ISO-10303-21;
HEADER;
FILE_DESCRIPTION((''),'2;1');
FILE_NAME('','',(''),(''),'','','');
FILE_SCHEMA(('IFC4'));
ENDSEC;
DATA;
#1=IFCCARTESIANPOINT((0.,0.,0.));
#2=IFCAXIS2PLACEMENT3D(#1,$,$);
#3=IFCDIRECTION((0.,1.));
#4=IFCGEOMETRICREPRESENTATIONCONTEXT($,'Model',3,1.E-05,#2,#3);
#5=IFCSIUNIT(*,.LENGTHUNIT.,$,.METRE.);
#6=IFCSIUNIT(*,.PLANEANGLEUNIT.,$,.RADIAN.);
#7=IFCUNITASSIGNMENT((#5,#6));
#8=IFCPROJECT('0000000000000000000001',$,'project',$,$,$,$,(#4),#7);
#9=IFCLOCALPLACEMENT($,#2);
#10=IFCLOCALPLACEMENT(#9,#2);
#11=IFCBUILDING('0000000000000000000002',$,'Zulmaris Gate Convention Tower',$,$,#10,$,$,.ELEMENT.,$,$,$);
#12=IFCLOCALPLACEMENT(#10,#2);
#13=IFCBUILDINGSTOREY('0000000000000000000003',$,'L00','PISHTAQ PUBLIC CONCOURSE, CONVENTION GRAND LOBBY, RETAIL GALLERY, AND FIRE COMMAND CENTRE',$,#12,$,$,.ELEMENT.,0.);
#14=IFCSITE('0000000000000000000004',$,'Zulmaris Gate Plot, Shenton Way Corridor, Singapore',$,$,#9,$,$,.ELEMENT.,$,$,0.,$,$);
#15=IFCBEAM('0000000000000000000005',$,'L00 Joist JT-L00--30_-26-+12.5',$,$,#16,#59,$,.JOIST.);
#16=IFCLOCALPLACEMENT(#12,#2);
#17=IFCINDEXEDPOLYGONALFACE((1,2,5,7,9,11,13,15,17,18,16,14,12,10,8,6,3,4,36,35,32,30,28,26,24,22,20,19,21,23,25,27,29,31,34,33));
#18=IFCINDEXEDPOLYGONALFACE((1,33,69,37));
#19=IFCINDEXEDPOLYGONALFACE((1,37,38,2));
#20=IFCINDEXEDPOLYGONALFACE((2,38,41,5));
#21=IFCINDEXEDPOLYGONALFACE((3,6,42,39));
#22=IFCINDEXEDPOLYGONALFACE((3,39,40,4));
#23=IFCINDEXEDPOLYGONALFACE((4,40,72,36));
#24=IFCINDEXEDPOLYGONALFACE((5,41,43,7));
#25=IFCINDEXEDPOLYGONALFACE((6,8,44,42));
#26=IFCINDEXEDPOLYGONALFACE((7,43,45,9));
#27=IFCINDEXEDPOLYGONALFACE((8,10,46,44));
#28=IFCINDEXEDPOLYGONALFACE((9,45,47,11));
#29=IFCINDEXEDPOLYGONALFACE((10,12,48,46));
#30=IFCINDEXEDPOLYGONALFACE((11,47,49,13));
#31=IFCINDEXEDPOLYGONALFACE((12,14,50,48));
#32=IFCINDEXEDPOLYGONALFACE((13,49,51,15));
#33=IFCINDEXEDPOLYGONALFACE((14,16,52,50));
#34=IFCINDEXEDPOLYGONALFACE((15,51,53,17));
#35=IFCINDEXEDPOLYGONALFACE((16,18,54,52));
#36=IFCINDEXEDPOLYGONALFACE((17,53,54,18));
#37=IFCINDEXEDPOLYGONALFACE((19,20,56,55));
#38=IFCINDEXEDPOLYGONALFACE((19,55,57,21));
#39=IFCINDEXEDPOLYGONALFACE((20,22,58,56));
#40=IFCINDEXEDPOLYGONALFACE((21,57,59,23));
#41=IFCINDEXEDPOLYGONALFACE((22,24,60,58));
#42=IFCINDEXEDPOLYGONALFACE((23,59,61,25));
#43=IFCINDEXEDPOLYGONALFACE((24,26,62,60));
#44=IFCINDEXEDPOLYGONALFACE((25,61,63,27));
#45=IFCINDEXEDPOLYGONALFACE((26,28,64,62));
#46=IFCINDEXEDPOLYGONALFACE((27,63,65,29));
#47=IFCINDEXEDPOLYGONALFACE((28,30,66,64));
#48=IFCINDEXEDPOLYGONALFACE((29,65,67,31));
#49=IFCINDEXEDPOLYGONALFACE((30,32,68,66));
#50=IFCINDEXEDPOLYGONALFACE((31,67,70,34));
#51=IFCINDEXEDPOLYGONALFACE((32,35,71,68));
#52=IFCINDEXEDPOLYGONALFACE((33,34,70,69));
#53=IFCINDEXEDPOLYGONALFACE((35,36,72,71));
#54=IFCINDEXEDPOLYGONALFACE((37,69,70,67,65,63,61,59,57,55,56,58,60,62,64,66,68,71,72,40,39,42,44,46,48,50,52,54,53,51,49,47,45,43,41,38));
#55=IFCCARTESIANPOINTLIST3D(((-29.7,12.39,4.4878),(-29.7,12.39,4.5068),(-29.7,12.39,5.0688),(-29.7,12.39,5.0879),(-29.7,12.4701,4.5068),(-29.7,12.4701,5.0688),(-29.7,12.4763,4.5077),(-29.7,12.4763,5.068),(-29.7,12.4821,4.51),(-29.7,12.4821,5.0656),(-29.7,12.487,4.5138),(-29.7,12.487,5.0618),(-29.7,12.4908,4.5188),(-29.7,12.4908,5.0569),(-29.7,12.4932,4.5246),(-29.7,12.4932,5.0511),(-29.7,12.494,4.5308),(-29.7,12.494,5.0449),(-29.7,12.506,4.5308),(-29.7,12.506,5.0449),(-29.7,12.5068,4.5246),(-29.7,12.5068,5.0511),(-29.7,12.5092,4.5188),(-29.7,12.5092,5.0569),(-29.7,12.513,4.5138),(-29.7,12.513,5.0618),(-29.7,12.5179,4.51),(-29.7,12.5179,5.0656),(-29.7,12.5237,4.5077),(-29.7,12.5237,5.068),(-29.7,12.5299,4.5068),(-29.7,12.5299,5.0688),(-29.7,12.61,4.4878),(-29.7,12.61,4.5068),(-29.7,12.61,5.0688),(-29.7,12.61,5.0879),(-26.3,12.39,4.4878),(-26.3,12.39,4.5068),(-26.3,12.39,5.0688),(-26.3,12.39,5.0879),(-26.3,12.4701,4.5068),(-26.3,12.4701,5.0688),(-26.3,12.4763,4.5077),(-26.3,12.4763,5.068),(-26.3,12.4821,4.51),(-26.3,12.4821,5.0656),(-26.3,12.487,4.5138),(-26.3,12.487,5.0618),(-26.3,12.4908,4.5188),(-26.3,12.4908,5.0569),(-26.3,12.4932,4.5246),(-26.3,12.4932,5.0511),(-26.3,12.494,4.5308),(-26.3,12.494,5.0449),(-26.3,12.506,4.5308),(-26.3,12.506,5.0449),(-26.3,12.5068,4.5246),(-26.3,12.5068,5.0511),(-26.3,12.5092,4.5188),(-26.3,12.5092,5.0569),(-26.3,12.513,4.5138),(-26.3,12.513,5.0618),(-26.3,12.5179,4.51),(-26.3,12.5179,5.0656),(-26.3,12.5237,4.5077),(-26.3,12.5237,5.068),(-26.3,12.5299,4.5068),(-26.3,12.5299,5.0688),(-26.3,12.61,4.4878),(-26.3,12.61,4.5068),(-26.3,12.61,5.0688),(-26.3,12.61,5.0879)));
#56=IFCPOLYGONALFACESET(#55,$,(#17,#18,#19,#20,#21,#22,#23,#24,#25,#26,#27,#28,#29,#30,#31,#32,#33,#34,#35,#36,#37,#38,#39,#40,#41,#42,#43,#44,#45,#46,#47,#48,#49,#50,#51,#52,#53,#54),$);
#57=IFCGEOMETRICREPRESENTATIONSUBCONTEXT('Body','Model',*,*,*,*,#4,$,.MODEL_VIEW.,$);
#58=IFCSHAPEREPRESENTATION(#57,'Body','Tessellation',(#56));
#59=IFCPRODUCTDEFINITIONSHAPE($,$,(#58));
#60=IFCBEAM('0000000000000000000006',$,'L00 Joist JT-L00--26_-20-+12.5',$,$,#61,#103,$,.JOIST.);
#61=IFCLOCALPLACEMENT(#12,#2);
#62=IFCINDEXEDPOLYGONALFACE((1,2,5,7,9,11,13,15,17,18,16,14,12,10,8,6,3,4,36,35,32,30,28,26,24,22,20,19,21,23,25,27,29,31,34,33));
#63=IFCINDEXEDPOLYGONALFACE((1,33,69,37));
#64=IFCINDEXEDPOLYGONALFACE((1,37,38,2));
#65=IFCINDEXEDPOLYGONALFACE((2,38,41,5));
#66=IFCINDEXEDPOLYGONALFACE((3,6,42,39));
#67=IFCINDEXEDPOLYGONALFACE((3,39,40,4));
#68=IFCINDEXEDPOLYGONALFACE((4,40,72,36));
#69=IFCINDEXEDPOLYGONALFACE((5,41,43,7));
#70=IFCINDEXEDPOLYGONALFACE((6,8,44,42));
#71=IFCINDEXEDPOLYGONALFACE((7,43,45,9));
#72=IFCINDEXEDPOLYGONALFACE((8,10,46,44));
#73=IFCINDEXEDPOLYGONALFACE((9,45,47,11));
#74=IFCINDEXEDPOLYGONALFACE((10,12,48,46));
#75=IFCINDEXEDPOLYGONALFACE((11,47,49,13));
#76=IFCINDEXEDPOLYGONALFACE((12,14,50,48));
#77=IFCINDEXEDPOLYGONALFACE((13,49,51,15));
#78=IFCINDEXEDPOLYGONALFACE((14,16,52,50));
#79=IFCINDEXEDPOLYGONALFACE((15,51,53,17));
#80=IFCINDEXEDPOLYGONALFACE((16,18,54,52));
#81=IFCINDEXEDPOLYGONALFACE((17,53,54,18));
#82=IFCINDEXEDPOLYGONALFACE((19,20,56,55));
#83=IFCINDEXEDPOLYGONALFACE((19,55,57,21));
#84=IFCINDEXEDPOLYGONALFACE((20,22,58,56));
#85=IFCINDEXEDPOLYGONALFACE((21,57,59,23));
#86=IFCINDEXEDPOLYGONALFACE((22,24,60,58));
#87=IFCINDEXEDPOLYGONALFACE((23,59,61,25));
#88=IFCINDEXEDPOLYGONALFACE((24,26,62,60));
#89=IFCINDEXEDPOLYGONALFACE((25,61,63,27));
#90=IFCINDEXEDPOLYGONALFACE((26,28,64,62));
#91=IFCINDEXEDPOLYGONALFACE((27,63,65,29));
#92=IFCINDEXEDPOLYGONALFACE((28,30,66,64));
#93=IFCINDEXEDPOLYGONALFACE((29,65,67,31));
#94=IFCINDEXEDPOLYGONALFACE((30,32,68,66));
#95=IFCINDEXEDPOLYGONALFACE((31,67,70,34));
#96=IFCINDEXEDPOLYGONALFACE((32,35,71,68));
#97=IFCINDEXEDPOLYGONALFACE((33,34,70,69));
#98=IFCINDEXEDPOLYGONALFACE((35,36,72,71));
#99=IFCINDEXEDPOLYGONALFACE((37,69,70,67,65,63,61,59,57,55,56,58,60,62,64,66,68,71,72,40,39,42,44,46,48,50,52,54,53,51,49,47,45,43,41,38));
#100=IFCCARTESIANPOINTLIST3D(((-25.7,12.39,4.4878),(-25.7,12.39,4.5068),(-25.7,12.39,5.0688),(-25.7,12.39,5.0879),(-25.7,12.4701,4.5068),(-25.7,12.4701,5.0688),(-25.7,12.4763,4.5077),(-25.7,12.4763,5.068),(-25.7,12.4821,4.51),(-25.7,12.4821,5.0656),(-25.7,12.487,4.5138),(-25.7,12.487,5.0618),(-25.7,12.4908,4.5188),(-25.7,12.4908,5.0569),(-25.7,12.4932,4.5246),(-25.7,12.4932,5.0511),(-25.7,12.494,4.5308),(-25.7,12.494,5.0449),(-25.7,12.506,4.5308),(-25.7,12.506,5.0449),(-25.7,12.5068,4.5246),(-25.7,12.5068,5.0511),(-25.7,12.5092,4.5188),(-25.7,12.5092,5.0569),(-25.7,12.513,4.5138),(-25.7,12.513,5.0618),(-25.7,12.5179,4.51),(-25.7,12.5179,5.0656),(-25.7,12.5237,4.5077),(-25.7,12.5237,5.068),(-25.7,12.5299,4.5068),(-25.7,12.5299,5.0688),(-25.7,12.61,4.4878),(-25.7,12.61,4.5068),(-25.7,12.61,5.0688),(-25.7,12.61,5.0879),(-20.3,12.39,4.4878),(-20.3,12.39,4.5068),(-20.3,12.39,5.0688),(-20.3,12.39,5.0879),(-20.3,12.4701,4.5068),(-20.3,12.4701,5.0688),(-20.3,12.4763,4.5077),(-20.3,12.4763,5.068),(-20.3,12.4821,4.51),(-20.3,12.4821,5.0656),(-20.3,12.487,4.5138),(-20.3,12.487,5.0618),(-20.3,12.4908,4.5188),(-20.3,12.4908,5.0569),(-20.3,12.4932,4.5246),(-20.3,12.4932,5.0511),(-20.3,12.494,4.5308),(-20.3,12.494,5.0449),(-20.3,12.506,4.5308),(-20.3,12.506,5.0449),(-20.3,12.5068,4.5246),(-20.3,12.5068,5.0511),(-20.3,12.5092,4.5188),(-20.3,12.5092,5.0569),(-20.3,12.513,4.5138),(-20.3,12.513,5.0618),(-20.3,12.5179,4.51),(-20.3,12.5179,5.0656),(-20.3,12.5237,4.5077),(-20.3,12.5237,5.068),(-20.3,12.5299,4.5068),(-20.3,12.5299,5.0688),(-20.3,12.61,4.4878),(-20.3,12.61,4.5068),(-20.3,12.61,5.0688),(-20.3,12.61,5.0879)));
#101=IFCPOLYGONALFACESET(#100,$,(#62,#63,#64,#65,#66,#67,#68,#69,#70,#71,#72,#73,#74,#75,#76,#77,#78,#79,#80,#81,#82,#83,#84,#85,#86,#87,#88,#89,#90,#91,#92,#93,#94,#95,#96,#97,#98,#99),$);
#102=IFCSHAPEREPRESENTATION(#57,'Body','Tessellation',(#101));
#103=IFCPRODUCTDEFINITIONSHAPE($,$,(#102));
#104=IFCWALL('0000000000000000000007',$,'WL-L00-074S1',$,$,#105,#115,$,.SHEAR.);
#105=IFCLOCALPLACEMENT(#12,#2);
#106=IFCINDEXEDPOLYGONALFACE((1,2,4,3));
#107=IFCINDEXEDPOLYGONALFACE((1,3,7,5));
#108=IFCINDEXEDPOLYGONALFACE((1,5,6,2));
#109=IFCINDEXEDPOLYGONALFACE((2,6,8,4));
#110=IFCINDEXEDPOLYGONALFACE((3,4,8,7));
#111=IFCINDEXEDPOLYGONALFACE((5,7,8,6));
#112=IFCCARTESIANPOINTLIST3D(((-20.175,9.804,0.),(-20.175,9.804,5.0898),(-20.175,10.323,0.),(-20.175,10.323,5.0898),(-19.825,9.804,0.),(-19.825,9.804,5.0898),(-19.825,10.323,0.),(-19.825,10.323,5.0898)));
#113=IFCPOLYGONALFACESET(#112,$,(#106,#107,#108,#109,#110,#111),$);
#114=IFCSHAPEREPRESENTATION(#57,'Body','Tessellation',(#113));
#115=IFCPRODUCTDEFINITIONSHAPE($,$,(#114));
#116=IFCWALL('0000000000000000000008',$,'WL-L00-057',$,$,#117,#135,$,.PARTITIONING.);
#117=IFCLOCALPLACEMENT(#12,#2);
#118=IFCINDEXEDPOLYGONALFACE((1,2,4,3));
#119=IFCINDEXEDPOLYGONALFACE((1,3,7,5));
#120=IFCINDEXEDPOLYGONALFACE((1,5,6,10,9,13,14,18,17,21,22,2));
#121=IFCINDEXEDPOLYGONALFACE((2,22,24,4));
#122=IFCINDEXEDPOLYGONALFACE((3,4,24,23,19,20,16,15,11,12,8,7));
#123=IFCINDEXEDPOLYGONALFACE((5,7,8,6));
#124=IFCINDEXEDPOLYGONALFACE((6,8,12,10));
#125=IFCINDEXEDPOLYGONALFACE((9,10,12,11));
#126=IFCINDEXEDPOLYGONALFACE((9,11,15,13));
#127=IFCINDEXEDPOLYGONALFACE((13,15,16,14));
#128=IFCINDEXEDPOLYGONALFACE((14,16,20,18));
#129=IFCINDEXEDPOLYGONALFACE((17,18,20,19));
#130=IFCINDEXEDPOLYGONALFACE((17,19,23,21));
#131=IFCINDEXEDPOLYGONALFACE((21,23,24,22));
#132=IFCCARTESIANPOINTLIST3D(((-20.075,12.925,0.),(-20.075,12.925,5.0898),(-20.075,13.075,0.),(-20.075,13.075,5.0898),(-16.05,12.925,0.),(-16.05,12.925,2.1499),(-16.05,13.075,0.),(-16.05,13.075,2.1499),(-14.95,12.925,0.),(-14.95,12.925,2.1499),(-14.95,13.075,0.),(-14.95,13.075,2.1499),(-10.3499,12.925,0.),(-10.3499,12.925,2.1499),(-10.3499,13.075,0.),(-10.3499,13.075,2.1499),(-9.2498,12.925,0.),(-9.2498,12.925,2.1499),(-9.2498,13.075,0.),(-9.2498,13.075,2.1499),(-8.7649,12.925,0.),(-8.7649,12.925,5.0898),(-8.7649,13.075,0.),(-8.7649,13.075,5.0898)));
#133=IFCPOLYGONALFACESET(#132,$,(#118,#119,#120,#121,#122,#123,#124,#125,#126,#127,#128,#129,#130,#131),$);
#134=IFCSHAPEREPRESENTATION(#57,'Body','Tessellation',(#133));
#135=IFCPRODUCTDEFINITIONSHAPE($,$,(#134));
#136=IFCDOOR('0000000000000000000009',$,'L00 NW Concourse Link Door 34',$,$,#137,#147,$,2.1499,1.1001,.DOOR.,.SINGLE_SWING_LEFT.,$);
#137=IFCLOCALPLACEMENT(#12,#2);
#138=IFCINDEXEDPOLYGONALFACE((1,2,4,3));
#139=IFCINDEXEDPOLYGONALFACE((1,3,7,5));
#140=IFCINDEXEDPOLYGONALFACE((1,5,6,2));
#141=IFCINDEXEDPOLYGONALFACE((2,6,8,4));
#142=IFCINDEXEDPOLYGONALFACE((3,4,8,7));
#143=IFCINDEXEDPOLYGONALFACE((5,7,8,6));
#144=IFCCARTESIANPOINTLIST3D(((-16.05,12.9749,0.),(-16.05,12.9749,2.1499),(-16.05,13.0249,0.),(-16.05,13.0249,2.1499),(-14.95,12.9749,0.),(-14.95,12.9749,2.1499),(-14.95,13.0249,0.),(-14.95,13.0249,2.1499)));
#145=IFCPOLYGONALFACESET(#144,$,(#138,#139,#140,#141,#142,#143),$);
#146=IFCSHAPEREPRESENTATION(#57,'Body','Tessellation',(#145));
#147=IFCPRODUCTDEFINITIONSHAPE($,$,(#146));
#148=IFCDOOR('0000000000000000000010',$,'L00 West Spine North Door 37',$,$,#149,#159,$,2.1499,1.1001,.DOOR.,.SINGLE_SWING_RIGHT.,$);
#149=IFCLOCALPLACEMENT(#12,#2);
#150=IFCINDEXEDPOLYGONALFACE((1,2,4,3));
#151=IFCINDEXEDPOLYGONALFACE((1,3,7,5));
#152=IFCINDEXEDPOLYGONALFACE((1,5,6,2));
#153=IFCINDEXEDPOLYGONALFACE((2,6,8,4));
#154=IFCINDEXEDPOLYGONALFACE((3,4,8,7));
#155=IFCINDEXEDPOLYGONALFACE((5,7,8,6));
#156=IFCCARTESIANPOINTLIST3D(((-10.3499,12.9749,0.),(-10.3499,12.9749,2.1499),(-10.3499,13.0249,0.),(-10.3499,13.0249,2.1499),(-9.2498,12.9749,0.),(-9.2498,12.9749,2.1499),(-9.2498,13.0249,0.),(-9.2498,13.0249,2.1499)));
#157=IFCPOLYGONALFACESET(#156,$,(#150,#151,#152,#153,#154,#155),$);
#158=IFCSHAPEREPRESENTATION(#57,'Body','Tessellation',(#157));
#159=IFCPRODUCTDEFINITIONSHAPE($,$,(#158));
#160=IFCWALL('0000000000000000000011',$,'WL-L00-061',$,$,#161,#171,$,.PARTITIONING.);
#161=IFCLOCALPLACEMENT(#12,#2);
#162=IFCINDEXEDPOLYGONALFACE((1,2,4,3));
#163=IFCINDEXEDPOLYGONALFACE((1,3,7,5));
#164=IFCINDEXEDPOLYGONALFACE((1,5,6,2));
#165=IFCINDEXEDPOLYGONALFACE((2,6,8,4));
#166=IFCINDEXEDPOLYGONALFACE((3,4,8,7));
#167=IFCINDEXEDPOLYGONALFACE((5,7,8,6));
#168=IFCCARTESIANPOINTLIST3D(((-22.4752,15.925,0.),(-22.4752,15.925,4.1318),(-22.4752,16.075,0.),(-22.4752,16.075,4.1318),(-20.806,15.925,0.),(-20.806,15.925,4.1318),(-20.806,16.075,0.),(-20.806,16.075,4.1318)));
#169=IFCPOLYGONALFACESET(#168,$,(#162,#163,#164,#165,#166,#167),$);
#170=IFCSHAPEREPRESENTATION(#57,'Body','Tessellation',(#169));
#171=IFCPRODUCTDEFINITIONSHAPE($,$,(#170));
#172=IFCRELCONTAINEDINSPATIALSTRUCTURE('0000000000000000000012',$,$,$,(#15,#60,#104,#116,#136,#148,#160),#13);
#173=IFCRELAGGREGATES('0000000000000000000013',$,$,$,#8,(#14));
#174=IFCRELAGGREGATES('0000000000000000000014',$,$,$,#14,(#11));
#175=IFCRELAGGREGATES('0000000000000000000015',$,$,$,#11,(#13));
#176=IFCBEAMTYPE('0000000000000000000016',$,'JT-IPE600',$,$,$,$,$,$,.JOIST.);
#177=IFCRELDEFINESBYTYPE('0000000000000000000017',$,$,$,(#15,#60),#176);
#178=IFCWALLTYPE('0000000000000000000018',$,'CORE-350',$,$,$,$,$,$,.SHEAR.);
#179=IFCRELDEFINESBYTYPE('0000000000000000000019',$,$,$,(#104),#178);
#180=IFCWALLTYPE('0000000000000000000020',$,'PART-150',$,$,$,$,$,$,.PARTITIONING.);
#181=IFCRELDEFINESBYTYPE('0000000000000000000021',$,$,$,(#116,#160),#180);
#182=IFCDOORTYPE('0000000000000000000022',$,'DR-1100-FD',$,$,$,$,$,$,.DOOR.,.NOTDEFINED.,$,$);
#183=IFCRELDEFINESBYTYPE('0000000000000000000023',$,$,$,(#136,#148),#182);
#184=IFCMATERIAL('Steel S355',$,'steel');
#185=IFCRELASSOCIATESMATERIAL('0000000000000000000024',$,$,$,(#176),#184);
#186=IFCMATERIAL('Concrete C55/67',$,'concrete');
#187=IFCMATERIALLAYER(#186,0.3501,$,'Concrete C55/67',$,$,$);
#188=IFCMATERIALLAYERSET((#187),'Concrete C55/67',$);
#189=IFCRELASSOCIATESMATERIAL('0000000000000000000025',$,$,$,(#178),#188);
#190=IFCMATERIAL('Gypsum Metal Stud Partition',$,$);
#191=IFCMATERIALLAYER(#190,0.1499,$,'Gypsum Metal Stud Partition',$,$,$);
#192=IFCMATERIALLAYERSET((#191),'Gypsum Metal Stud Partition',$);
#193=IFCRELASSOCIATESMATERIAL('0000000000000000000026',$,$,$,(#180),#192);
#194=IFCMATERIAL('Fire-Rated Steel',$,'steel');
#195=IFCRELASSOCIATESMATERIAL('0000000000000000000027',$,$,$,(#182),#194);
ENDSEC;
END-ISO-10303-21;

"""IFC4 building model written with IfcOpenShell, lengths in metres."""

from ifc_helpers import new_model, si_unit, direction, frame, frame_2d, origin, origin_2d, place, context, subcontext, project, spatial, rectangle, i_section, extrude, material, layer, layer_set, material_profile, profile_set, type_object, element, fill, save


model = new_model("IFC4")

# Units and contexts
model_context = context("Model", 3, precision=1e-05, world=origin(), true_north=direction((0.0, 1.0)))
body_context = subcontext(model_context, "Body", "Model", "MODEL_VIEW")
ifc_project = project(units=[si_unit("LENGTHUNIT", "METRE"), si_unit("PLANEANGLEUNIT", "RADIAN")], contexts=[model_context])

# Site, building, storey
site_placement = place(None, origin())
site = spatial("IfcSite", under=ifc_project, at=site_placement, Name="Zulmaris Gate Plot, Shenton Way Corridor, Singapore", CompositionType="ELEMENT", RefElevation=0.0)
building_placement = place(site_placement, origin())
building = spatial("IfcBuilding", under=site, at=building_placement, Name="Zulmaris Gate Convention Tower", CompositionType="ELEMENT")
storey_placement = place(building_placement, origin())
storey = spatial("IfcBuildingStorey", under=building, at=storey_placement, Name="L00", Description="PISHTAQ PUBLIC CONCOURSE, CONVENTION GRAND LOBBY, RETAIL GALLERY, AND FIRE COMMAND CENTRE", CompositionType="ELEMENT", Elevation=0.0)

# Beams
ifc_material_1 = material(Name="Steel S355", Category="steel")
ifc_material_profile_1 = material_profile(ifc_material_1, i_section(OverallWidth=0.22, OverallDepth=0.6001, WebThickness=0.012, FlangeThickness=0.019, FilletRadius=0.0239, at=origin_2d()), Name="IPE 600")
ifc_profile_set_1 = profile_set([ifc_material_profile_1], Name="Steel S355")
beam_type_1 = type_object("IfcBeamType", Name="JT-IPE600", PredefinedType="JOIST", material=ifc_profile_set_1)
beam_1_placement = place(storey_placement, frame((-29.7, 12.5, 4.7878), z_axis=(1.0, 0.0, 0.0), x_axis=(0.0, 1.0, 0.0)))
element("IfcBeam", 1, at=beam_1_placement, inside=storey, type_object=beam_type_1, Name="L00 Joist JT-L00--30_-26-+12.5", PredefinedType="JOIST", context=body_context, shape_type="SweptSolid", body=[
    extrude(i_section(OverallWidth=0.22, OverallDepth=0.6001, WebThickness=0.012, FlangeThickness=0.019, FilletRadius=0.0239, at=origin_2d()), origin(), (0.0, 0.0, 1.0), 3.3999),
])
beam_2_placement = place(storey_placement, frame((-25.7, 12.5, 4.7878), z_axis=(1.0, 0.0, 0.0), x_axis=(0.0, 1.0, 0.0)))
element("IfcBeam", 2, at=beam_2_placement, inside=storey, type_object=beam_type_1, Name="L00 Joist JT-L00--26_-20-+12.5", PredefinedType="JOIST", context=body_context, shape_type="SweptSolid", body=[
    extrude(i_section(OverallWidth=0.22, OverallDepth=0.6001, WebThickness=0.012, FlangeThickness=0.019, FilletRadius=0.0239, at=origin_2d()), origin(), (0.0, 0.0, 1.0), 5.3999),
])

# Shared definitions
ifc_material_2 = material(Name="Concrete C55/67", Category="concrete")
ifc_layer_1 = layer(ifc_material_2, 0.3501, Name="Concrete C55/67")
ifc_layer_set_1 = layer_set([ifc_layer_1], Name="Concrete C55/67")
wall_type_1 = type_object("IfcWallType", Name="CORE-350", PredefinedType="SHEAR", material=ifc_layer_set_1)
ifc_material_3 = material(Name="Fire-Rated Steel", Category="steel")

# Wall
wall_1_placement = place(storey_placement, frame((-20.0, 9.804, 0.0), z_axis=(0.0, 0.0, 1.0), x_axis=(0.0, 1.0, 0.0)))
element("IfcWall", 3, at=wall_1_placement, inside=storey, type_object=wall_type_1, Name="WL-L00-074S1", PredefinedType="SHEAR", context=body_context, shape_type="SweptSolid", body=[
    extrude(rectangle(XDim=0.519, YDim=0.3501, at=frame_2d((0.2595, 0.0))), origin(), (0.0, 0.0, 1.0), 5.0898),
])

# Wall, openings, doors
ifc_material_4 = material(Name="Gypsum Metal Stud Partition")
ifc_layer_2 = layer(ifc_material_4, 0.1499, Name="Gypsum Metal Stud Partition")
ifc_layer_set_2 = layer_set([ifc_layer_2], Name="Gypsum Metal Stud Partition")
wall_type_2 = type_object("IfcWallType", Name="PART-150", PredefinedType="PARTITIONING", material=ifc_layer_set_2)
wall_2_placement = place(storey_placement, frame((-20.075, 13.0, 0.0), z_axis=(0.0, 0.0, 1.0), x_axis=(1.0, 0.0, 0.0)))
wall_2 = element("IfcWall", 4, at=wall_2_placement, inside=storey, type_object=wall_type_2, Name="WL-L00-057", PredefinedType="PARTITIONING", context=body_context, shape_type="SweptSolid", body=[
    extrude(rectangle(XDim=11.3101, YDim=0.1499, at=frame_2d((5.655, 0.0))), origin(), (0.0, 0.0, 1.0), 5.0898),
])
opening_1_placement = place(wall_2_placement, frame((4.0249, 0.0, 0.0)))
opening_1 = element("IfcOpeningElement", 5, at=opening_1_placement, cuts=wall_2, PredefinedType="OPENING", context=body_context, shape_type="SweptSolid", body=[
    extrude(rectangle(XDim=1.1001, YDim=2.1499, at=frame_2d((0.55, 1.075))), frame((0.0, 0.085, 0.0), z_axis=(0.0, -1.0, 0.0), x_axis=(1.0, 0.0, 0.0)), (0.0, 0.0, 1.0), 0.1699),
])
opening_2_placement = place(wall_2_placement, frame((9.7251, 0.0, 0.0)))
opening_2 = element("IfcOpeningElement", 6, at=opening_2_placement, cuts=wall_2, PredefinedType="OPENING", context=body_context, shape_type="SweptSolid", body=[
    extrude(rectangle(XDim=1.1001, YDim=2.1499, at=frame_2d((0.55, 1.075))), frame((0.0, 0.085, 0.0), z_axis=(0.0, -1.0, 0.0), x_axis=(1.0, 0.0, 0.0)), (0.0, 0.0, 1.0), 0.1699),
])
door_type_1 = type_object("IfcDoorType", Name="DR-1100-FD", OperationType="NOTDEFINED", PredefinedType="DOOR", material=ifc_material_3)
door_1_placement = place(opening_1_placement, origin())
door_1 = element("IfcDoor", 7, at=door_1_placement, inside=storey, type_object=door_type_1, Name="L00 NW Concourse Link Door 34", OperationType="SINGLE_SWING_LEFT", OverallHeight=2.1499, OverallWidth=1.1001, PredefinedType="DOOR", context=body_context, shape_type="SweptSolid", body=[
    extrude(rectangle(XDim=1.1001, YDim=2.1499, at=frame_2d((0.55, 1.075))), frame((0.0, 0.0249, 0.0), z_axis=(0.0, -1.0, 0.0), x_axis=(1.0, 0.0, 0.0)), (0.0, 0.0, 1.0), 0.05),
])
fill(opening_1, door_1)
door_2_placement = place(opening_2_placement, origin())
door_2 = element("IfcDoor", 8, at=door_2_placement, inside=storey, type_object=door_type_1, Name="L00 West Spine North Door 37", OperationType="SINGLE_SWING_RIGHT", OverallHeight=2.1499, OverallWidth=1.1001, PredefinedType="DOOR", context=body_context, shape_type="SweptSolid", body=[
    extrude(rectangle(XDim=1.1001, YDim=2.1499, at=frame_2d((0.55, 1.075))), frame((0.0, 0.0249, 0.0), z_axis=(0.0, -1.0, 0.0), x_axis=(1.0, 0.0, 0.0)), (0.0, 0.0, 1.0), 0.05),
])
fill(opening_2, door_2)

# Wall
wall_3_placement = place(storey_placement, frame((-22.4751, 16.0, 0.0), z_axis=(0.0, 0.0, 1.0), x_axis=(1.0, 0.0, 0.0)))
element("IfcWall", 9, at=wall_3_placement, inside=storey, type_object=wall_type_2, Name="WL-L00-061", PredefinedType="PARTITIONING", context=body_context, shape_type="SweptSolid", body=[
    extrude(rectangle(XDim=1.6692, YDim=0.1499, at=frame_2d((0.8345, 0.0))), origin(), (0.0, 0.0, 1.0), 4.1318),
])

save(model, "model.ifc")
